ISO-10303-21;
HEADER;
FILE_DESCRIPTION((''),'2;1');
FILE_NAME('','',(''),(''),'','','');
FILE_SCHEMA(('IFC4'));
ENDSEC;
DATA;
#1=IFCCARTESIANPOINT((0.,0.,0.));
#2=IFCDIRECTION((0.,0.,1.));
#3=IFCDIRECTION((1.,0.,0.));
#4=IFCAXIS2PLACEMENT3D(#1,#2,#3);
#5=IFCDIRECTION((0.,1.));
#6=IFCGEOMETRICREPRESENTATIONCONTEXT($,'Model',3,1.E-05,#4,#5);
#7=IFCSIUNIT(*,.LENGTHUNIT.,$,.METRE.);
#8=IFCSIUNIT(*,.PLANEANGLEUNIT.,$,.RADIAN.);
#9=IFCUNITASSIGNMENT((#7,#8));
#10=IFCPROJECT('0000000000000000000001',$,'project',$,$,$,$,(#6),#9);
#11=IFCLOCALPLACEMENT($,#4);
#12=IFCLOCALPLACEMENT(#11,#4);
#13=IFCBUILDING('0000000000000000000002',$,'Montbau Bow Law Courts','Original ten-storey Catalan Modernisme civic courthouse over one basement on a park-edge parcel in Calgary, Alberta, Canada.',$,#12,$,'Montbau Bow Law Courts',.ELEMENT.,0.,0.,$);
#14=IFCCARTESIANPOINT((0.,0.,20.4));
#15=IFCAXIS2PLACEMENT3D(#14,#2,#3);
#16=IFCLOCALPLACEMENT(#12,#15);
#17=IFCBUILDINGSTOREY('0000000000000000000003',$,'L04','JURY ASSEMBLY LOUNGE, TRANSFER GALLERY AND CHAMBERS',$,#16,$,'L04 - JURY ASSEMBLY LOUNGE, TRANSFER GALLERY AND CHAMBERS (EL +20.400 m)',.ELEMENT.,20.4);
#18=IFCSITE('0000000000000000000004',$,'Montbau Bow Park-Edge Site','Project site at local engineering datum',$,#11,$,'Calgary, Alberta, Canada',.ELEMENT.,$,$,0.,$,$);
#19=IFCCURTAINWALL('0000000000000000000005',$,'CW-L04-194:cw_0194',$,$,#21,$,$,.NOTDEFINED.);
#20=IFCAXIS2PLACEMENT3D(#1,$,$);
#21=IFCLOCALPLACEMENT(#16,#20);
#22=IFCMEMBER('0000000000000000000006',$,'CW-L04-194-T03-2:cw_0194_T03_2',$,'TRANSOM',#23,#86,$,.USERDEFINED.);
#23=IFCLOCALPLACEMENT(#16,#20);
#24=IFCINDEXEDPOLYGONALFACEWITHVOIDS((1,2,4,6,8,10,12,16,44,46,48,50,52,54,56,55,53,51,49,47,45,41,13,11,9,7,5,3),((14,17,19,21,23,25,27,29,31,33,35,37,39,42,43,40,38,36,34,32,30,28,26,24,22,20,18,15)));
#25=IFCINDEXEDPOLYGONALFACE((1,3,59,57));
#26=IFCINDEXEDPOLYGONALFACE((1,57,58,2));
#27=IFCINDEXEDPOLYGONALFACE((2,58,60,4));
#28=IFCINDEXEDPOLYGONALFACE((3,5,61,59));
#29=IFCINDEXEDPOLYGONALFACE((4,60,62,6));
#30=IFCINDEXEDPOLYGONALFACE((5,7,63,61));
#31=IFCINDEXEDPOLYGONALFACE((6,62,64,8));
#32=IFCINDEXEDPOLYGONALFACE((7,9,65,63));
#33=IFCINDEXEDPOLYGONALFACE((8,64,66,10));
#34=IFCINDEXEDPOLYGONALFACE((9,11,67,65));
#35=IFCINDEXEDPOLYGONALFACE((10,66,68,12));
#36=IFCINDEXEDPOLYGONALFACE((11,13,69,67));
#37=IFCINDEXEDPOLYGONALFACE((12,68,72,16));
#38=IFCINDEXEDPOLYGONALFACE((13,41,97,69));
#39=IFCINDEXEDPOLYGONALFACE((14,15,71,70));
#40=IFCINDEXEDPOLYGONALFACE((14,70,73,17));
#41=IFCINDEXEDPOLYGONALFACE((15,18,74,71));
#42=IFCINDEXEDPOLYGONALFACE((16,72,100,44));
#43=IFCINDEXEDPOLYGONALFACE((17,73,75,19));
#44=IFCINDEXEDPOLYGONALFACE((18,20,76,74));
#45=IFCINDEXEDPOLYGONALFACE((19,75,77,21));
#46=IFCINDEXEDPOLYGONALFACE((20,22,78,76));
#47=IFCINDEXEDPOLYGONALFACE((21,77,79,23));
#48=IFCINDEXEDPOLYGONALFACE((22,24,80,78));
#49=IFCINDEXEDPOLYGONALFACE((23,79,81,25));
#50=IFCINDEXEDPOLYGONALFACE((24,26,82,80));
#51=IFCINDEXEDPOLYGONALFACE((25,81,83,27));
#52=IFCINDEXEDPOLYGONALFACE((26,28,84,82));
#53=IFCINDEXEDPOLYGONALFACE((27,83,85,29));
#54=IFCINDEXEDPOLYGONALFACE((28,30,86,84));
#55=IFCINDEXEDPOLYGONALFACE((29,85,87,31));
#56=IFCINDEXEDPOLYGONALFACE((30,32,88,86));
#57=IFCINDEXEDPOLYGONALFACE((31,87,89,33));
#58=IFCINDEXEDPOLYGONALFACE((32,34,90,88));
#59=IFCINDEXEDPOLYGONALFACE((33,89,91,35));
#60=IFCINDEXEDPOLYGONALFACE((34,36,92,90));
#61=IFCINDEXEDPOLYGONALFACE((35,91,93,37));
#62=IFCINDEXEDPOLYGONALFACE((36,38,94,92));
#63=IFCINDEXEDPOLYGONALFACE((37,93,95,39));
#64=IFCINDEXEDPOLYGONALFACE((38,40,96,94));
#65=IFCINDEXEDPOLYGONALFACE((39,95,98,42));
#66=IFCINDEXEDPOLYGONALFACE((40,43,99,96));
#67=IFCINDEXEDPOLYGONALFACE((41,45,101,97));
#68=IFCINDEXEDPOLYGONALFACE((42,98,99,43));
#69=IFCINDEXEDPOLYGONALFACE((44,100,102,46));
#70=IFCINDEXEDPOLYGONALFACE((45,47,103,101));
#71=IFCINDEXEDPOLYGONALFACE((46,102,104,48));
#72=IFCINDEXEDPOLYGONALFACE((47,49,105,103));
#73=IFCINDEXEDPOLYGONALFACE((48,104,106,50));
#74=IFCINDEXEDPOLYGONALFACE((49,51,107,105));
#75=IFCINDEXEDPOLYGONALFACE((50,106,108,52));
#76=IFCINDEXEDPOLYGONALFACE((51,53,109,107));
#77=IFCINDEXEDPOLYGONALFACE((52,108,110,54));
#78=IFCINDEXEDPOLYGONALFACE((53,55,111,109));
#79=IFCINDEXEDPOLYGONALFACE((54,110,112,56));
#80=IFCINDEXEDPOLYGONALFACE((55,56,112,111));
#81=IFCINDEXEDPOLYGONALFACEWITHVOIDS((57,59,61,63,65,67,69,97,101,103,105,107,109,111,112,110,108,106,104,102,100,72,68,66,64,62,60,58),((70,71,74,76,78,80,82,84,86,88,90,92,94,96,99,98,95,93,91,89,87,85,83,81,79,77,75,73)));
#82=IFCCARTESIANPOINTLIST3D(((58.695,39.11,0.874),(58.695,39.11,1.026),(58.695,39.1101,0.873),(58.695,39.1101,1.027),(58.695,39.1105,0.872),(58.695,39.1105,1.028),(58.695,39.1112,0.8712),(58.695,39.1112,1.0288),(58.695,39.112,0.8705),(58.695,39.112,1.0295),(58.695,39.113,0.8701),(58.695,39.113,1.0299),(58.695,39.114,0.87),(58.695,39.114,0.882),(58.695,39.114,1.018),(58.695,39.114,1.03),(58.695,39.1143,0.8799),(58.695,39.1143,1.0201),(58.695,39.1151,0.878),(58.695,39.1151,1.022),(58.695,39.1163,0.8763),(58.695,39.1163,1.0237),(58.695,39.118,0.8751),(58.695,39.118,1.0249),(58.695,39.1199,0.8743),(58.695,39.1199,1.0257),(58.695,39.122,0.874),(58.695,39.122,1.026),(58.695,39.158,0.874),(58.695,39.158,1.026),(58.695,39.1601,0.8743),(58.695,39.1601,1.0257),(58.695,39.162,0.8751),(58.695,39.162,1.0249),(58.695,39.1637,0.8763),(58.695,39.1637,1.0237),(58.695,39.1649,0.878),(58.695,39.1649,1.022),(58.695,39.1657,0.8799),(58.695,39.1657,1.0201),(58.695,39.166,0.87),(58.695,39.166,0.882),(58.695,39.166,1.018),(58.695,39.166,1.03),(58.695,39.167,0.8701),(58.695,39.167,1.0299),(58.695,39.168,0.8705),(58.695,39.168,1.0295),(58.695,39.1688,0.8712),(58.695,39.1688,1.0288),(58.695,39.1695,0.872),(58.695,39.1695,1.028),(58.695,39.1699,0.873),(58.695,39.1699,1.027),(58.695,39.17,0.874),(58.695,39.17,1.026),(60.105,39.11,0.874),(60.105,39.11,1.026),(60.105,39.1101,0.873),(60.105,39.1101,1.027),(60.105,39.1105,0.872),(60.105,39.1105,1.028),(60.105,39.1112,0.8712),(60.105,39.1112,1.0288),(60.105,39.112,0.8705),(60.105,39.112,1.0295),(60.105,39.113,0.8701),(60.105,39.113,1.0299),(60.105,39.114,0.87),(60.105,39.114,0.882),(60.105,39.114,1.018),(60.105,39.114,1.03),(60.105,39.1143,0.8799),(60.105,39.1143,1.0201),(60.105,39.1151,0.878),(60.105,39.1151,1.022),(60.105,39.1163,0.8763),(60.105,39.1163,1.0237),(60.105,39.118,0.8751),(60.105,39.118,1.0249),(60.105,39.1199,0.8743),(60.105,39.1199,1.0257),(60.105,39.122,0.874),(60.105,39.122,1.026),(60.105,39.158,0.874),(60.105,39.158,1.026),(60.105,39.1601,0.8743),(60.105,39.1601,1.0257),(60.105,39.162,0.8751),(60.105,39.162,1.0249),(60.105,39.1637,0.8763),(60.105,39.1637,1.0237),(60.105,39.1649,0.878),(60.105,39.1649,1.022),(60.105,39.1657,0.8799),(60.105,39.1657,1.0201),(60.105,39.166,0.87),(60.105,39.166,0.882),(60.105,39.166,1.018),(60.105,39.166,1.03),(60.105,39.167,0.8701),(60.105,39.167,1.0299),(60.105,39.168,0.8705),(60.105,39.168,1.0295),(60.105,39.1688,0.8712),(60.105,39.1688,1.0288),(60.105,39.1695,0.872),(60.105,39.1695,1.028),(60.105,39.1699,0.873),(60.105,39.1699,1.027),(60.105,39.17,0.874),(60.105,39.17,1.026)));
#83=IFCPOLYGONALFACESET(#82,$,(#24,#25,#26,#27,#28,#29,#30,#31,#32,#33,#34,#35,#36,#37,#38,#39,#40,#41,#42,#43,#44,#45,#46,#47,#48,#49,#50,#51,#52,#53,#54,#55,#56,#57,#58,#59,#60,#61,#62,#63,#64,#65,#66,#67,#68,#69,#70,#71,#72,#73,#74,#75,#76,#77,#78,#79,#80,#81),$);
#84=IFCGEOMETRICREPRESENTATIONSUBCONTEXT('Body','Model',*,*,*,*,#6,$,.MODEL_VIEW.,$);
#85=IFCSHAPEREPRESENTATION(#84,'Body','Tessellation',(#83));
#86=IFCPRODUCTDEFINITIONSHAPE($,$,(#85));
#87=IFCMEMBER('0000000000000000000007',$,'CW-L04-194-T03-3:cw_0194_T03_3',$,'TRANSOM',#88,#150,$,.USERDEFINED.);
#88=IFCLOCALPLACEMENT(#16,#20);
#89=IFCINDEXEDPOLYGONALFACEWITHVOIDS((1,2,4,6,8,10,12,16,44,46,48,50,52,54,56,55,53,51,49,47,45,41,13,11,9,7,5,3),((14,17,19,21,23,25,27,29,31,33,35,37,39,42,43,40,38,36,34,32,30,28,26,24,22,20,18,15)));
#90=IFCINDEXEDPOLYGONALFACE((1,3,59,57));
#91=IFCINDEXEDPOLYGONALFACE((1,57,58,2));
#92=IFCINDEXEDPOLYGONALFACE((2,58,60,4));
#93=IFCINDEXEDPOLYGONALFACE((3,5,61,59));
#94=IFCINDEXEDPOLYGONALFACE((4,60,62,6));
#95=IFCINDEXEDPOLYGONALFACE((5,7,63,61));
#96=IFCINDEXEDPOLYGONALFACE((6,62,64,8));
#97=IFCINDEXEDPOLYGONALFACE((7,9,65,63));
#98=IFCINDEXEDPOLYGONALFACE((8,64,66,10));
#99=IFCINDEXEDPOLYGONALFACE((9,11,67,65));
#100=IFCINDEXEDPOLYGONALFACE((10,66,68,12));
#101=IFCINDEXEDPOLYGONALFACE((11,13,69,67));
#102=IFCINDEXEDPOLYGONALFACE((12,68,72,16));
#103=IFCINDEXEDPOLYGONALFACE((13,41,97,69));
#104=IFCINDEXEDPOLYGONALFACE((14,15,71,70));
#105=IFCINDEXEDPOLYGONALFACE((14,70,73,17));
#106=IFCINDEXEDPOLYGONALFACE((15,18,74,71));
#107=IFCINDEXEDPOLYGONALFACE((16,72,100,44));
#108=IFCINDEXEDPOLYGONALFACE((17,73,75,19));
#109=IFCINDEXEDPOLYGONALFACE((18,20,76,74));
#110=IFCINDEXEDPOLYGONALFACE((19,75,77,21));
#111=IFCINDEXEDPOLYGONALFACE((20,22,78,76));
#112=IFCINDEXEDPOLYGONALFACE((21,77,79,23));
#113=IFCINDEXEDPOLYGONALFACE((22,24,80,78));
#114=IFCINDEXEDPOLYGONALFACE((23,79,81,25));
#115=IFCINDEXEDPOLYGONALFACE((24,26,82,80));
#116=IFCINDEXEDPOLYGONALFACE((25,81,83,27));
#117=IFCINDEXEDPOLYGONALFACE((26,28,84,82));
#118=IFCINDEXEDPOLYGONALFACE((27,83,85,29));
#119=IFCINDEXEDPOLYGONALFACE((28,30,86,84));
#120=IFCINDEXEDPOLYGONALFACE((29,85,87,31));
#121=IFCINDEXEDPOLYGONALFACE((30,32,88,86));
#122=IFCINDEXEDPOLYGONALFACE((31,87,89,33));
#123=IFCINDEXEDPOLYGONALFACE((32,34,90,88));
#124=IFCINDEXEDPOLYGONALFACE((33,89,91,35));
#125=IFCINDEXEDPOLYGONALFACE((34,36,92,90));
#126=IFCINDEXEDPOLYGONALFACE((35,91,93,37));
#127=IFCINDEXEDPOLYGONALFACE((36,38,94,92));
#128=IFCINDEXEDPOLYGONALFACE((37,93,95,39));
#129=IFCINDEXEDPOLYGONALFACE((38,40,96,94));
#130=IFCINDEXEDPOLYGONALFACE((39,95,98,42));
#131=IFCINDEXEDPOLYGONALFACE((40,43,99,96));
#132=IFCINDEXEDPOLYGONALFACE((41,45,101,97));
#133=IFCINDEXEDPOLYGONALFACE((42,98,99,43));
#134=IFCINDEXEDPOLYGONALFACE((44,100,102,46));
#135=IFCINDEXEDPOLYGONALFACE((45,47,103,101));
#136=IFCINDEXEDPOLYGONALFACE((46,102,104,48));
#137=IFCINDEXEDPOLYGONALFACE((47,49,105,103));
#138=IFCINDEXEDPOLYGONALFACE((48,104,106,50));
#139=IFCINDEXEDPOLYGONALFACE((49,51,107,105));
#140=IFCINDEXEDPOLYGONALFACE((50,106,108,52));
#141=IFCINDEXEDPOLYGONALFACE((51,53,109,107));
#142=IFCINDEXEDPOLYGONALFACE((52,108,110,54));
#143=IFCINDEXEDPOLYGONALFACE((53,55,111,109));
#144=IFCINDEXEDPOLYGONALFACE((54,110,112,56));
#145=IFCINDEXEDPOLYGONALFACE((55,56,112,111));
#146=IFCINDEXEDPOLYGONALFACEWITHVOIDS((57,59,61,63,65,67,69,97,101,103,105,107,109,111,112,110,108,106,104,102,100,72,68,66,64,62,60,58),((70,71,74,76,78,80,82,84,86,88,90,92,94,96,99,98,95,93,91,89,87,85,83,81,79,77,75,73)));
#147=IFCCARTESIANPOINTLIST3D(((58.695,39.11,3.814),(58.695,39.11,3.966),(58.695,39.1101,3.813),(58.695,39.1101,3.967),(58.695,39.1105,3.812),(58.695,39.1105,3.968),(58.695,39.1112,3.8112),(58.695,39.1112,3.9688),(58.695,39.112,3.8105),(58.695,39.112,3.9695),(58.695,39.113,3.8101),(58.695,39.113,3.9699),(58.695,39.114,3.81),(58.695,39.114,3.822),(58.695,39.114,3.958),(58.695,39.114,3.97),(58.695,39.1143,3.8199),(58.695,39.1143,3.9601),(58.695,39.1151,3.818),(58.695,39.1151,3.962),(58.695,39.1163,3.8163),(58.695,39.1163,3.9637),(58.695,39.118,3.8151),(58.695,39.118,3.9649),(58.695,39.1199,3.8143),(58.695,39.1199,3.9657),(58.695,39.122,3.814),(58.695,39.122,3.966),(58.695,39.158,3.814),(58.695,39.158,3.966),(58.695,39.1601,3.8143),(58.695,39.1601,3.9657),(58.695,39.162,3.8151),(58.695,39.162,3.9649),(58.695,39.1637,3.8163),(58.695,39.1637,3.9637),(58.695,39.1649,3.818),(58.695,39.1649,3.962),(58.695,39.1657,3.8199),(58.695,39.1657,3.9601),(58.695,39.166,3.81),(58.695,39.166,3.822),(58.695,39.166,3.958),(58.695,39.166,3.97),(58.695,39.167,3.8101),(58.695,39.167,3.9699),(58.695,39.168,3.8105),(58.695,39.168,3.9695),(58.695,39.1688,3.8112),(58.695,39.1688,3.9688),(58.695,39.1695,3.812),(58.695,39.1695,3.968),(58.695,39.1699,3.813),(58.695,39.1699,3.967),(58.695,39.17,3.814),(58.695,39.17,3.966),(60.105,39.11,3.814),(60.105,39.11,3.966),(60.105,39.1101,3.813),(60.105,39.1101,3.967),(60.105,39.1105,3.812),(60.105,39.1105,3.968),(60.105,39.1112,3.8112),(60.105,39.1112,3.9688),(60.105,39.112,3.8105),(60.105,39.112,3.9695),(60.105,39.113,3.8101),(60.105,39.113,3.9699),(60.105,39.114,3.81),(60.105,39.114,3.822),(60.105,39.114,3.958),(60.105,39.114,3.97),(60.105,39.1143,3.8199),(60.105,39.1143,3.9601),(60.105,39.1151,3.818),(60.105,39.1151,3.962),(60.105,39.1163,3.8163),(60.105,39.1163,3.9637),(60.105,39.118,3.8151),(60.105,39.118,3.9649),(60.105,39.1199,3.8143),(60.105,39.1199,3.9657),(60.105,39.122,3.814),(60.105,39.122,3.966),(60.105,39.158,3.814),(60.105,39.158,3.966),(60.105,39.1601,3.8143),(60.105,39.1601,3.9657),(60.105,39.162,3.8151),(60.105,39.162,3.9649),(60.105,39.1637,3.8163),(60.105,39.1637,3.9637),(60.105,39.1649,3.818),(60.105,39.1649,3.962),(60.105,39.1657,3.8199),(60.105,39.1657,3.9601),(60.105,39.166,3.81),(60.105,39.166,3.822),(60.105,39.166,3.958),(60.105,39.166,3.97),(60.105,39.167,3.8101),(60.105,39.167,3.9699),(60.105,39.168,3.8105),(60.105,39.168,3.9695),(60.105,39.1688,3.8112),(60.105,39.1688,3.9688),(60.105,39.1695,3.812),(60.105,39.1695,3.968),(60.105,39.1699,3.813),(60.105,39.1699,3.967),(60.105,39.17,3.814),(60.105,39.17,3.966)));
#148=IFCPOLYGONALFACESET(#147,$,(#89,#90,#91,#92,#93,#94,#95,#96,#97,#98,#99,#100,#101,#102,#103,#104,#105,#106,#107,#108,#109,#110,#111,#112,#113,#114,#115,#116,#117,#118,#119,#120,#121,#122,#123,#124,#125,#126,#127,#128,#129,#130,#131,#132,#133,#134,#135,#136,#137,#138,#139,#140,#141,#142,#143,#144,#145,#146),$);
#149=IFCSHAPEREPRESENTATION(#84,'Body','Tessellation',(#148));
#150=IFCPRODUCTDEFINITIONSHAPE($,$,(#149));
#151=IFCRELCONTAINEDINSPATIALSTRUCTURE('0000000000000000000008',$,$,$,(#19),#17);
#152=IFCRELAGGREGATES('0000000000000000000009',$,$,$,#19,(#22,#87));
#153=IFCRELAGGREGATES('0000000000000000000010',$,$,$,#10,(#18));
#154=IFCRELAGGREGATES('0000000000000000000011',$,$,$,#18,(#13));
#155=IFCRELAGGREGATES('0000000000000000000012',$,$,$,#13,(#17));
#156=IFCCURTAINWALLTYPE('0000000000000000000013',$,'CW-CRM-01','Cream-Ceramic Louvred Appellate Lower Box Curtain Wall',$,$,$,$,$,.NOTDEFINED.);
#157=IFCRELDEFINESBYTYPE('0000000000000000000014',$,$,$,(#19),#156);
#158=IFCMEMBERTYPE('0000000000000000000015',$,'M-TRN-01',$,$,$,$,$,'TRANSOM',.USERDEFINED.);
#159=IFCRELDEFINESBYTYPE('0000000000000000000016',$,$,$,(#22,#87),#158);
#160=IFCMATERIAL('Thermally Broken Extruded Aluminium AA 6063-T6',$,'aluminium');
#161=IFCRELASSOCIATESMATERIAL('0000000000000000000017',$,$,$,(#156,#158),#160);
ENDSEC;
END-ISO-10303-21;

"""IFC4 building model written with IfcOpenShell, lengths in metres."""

from ifc_helpers import new_model, si_unit, direction, frame, origin_with_axes, origin_2d_with_axis, place, context, subcontext, project, spatial, hollow_rectangle, extrude, material, material_profile, profile_set, type_object, element, aggregate, save


model = new_model("IFC4")

# Units and contexts
model_context = context("Model", 3, precision=1e-05, world=origin_with_axes(), true_north=direction((0.0, 1.0)))
body_context = subcontext(model_context, "Body", "Model", "MODEL_VIEW")
ifc_project = project(units=[si_unit("LENGTHUNIT", "METRE"), si_unit("PLANEANGLEUNIT", "RADIAN")], contexts=[model_context])

# Site, building, storey
site_placement = place(None, origin_with_axes())
site = spatial("IfcSite", under=ifc_project, at=site_placement, Name="Montbau Bow Park-Edge Site", Description="Project site at local engineering datum", LongName="Calgary, Alberta, Canada", CompositionType="ELEMENT", RefElevation=0.0)
building_placement = place(site_placement, origin_with_axes())
building = spatial("IfcBuilding", under=site, at=building_placement, Name="Montbau Bow Law Courts", Description="Original ten-storey Catalan Modernisme civic courthouse over one basement on a park-edge parcel in Calgary, Alberta, Canada.", LongName="Montbau Bow Law Courts", CompositionType="ELEMENT", ElevationOfRefHeight=0.0, ElevationOfTerrain=0.0)
storey_placement = place(building_placement, frame((0.0, 0.0, 20.4), z_axis=(0.0, 0.0, 1.0), x_axis=(1.0, 0.0, 0.0)))
storey = spatial("IfcBuildingStorey", under=building, at=storey_placement, Name="L04", Description="JURY ASSEMBLY LOUNGE, TRANSFER GALLERY AND CHAMBERS", LongName="L04 - JURY ASSEMBLY LOUNGE, TRANSFER GALLERY AND CHAMBERS (EL +20.400 m)", CompositionType="ELEMENT", Elevation=20.4)

# Curtain wall, members
ifc_material_1 = material(Name="Thermally Broken Extruded Aluminium AA 6063-T6", Category="aluminium")
curtain_wall_type = type_object("IfcCurtainWallType", Name="CW-CRM-01", Description="Cream-Ceramic Louvred Appellate Lower Box Curtain Wall", PredefinedType="NOTDEFINED", material=ifc_material_1)
curtain_wall_placement = place(None, frame((55.715, 39.14, 20.4), z_axis=(0.0, 0.0, 1.0), x_axis=(1.0, 0.0, 0.0)))
curtain_wall = element("IfcCurtainWall", 1, at=curtain_wall_placement, inside=storey, type_object=curtain_wall_type, Name="CW-L04-194:cw_0194", PredefinedType="NOTDEFINED")
ifc_material_profile_1 = material_profile(ifc_material_1, hollow_rectangle(XDim=0.06, YDim=0.16, WallThickness=0.004, InnerFilletRadius=0.008, OuterFilletRadius=0.004, at=origin_2d_with_axis()), Name="CWT-160X60", Category="Main", Priority=0)
ifc_profile_set_1 = profile_set([ifc_material_profile_1], Name="Thermally Broken Extruded Aluminium AA 6063-T6")
member_type_1 = type_object("IfcMemberType", Name="M-TRN-01", ElementType="TRANSOM", PredefinedType="USERDEFINED", material=ifc_profile_set_1)
member_1_placement = place(None, frame((58.695, 39.14, 21.35), z_axis=(1.0, 0.0, 0.0), x_axis=(0.0, 1.0, 0.0)))
member_1 = element("IfcMember", 2, at=member_1_placement, type_object=member_type_1, Name="CW-L04-194-T03-2:cw_0194_T03_2", ObjectType="TRANSOM", PredefinedType="USERDEFINED", context=body_context, shape_type="SweptSolid", body=[
    extrude(hollow_rectangle(XDim=0.06, YDim=0.16, WallThickness=0.004, InnerFilletRadius=0.008, OuterFilletRadius=0.004, at=origin_2d_with_axis()), origin_with_axes(), (0.0, 0.0, 1.0), 1.41),
])
member_2_placement = place(None, frame((58.695, 39.14, 24.29), z_axis=(1.0, 0.0, 0.0), x_axis=(0.0, 1.0, 0.0)))
member_2 = element("IfcMember", 3, at=member_2_placement, type_object=member_type_1, Name="CW-L04-194-T03-3:cw_0194_T03_3", ObjectType="TRANSOM", PredefinedType="USERDEFINED", context=body_context, shape_type="SweptSolid", body=[
    extrude(hollow_rectangle(XDim=0.06, YDim=0.16, WallThickness=0.004, InnerFilletRadius=0.008, OuterFilletRadius=0.004, at=origin_2d_with_axis()), origin_with_axes(), (0.0, 0.0, 1.0), 1.41),
])
aggregate(curtain_wall, [member_1, member_2])

save(model, "model.ifc")
